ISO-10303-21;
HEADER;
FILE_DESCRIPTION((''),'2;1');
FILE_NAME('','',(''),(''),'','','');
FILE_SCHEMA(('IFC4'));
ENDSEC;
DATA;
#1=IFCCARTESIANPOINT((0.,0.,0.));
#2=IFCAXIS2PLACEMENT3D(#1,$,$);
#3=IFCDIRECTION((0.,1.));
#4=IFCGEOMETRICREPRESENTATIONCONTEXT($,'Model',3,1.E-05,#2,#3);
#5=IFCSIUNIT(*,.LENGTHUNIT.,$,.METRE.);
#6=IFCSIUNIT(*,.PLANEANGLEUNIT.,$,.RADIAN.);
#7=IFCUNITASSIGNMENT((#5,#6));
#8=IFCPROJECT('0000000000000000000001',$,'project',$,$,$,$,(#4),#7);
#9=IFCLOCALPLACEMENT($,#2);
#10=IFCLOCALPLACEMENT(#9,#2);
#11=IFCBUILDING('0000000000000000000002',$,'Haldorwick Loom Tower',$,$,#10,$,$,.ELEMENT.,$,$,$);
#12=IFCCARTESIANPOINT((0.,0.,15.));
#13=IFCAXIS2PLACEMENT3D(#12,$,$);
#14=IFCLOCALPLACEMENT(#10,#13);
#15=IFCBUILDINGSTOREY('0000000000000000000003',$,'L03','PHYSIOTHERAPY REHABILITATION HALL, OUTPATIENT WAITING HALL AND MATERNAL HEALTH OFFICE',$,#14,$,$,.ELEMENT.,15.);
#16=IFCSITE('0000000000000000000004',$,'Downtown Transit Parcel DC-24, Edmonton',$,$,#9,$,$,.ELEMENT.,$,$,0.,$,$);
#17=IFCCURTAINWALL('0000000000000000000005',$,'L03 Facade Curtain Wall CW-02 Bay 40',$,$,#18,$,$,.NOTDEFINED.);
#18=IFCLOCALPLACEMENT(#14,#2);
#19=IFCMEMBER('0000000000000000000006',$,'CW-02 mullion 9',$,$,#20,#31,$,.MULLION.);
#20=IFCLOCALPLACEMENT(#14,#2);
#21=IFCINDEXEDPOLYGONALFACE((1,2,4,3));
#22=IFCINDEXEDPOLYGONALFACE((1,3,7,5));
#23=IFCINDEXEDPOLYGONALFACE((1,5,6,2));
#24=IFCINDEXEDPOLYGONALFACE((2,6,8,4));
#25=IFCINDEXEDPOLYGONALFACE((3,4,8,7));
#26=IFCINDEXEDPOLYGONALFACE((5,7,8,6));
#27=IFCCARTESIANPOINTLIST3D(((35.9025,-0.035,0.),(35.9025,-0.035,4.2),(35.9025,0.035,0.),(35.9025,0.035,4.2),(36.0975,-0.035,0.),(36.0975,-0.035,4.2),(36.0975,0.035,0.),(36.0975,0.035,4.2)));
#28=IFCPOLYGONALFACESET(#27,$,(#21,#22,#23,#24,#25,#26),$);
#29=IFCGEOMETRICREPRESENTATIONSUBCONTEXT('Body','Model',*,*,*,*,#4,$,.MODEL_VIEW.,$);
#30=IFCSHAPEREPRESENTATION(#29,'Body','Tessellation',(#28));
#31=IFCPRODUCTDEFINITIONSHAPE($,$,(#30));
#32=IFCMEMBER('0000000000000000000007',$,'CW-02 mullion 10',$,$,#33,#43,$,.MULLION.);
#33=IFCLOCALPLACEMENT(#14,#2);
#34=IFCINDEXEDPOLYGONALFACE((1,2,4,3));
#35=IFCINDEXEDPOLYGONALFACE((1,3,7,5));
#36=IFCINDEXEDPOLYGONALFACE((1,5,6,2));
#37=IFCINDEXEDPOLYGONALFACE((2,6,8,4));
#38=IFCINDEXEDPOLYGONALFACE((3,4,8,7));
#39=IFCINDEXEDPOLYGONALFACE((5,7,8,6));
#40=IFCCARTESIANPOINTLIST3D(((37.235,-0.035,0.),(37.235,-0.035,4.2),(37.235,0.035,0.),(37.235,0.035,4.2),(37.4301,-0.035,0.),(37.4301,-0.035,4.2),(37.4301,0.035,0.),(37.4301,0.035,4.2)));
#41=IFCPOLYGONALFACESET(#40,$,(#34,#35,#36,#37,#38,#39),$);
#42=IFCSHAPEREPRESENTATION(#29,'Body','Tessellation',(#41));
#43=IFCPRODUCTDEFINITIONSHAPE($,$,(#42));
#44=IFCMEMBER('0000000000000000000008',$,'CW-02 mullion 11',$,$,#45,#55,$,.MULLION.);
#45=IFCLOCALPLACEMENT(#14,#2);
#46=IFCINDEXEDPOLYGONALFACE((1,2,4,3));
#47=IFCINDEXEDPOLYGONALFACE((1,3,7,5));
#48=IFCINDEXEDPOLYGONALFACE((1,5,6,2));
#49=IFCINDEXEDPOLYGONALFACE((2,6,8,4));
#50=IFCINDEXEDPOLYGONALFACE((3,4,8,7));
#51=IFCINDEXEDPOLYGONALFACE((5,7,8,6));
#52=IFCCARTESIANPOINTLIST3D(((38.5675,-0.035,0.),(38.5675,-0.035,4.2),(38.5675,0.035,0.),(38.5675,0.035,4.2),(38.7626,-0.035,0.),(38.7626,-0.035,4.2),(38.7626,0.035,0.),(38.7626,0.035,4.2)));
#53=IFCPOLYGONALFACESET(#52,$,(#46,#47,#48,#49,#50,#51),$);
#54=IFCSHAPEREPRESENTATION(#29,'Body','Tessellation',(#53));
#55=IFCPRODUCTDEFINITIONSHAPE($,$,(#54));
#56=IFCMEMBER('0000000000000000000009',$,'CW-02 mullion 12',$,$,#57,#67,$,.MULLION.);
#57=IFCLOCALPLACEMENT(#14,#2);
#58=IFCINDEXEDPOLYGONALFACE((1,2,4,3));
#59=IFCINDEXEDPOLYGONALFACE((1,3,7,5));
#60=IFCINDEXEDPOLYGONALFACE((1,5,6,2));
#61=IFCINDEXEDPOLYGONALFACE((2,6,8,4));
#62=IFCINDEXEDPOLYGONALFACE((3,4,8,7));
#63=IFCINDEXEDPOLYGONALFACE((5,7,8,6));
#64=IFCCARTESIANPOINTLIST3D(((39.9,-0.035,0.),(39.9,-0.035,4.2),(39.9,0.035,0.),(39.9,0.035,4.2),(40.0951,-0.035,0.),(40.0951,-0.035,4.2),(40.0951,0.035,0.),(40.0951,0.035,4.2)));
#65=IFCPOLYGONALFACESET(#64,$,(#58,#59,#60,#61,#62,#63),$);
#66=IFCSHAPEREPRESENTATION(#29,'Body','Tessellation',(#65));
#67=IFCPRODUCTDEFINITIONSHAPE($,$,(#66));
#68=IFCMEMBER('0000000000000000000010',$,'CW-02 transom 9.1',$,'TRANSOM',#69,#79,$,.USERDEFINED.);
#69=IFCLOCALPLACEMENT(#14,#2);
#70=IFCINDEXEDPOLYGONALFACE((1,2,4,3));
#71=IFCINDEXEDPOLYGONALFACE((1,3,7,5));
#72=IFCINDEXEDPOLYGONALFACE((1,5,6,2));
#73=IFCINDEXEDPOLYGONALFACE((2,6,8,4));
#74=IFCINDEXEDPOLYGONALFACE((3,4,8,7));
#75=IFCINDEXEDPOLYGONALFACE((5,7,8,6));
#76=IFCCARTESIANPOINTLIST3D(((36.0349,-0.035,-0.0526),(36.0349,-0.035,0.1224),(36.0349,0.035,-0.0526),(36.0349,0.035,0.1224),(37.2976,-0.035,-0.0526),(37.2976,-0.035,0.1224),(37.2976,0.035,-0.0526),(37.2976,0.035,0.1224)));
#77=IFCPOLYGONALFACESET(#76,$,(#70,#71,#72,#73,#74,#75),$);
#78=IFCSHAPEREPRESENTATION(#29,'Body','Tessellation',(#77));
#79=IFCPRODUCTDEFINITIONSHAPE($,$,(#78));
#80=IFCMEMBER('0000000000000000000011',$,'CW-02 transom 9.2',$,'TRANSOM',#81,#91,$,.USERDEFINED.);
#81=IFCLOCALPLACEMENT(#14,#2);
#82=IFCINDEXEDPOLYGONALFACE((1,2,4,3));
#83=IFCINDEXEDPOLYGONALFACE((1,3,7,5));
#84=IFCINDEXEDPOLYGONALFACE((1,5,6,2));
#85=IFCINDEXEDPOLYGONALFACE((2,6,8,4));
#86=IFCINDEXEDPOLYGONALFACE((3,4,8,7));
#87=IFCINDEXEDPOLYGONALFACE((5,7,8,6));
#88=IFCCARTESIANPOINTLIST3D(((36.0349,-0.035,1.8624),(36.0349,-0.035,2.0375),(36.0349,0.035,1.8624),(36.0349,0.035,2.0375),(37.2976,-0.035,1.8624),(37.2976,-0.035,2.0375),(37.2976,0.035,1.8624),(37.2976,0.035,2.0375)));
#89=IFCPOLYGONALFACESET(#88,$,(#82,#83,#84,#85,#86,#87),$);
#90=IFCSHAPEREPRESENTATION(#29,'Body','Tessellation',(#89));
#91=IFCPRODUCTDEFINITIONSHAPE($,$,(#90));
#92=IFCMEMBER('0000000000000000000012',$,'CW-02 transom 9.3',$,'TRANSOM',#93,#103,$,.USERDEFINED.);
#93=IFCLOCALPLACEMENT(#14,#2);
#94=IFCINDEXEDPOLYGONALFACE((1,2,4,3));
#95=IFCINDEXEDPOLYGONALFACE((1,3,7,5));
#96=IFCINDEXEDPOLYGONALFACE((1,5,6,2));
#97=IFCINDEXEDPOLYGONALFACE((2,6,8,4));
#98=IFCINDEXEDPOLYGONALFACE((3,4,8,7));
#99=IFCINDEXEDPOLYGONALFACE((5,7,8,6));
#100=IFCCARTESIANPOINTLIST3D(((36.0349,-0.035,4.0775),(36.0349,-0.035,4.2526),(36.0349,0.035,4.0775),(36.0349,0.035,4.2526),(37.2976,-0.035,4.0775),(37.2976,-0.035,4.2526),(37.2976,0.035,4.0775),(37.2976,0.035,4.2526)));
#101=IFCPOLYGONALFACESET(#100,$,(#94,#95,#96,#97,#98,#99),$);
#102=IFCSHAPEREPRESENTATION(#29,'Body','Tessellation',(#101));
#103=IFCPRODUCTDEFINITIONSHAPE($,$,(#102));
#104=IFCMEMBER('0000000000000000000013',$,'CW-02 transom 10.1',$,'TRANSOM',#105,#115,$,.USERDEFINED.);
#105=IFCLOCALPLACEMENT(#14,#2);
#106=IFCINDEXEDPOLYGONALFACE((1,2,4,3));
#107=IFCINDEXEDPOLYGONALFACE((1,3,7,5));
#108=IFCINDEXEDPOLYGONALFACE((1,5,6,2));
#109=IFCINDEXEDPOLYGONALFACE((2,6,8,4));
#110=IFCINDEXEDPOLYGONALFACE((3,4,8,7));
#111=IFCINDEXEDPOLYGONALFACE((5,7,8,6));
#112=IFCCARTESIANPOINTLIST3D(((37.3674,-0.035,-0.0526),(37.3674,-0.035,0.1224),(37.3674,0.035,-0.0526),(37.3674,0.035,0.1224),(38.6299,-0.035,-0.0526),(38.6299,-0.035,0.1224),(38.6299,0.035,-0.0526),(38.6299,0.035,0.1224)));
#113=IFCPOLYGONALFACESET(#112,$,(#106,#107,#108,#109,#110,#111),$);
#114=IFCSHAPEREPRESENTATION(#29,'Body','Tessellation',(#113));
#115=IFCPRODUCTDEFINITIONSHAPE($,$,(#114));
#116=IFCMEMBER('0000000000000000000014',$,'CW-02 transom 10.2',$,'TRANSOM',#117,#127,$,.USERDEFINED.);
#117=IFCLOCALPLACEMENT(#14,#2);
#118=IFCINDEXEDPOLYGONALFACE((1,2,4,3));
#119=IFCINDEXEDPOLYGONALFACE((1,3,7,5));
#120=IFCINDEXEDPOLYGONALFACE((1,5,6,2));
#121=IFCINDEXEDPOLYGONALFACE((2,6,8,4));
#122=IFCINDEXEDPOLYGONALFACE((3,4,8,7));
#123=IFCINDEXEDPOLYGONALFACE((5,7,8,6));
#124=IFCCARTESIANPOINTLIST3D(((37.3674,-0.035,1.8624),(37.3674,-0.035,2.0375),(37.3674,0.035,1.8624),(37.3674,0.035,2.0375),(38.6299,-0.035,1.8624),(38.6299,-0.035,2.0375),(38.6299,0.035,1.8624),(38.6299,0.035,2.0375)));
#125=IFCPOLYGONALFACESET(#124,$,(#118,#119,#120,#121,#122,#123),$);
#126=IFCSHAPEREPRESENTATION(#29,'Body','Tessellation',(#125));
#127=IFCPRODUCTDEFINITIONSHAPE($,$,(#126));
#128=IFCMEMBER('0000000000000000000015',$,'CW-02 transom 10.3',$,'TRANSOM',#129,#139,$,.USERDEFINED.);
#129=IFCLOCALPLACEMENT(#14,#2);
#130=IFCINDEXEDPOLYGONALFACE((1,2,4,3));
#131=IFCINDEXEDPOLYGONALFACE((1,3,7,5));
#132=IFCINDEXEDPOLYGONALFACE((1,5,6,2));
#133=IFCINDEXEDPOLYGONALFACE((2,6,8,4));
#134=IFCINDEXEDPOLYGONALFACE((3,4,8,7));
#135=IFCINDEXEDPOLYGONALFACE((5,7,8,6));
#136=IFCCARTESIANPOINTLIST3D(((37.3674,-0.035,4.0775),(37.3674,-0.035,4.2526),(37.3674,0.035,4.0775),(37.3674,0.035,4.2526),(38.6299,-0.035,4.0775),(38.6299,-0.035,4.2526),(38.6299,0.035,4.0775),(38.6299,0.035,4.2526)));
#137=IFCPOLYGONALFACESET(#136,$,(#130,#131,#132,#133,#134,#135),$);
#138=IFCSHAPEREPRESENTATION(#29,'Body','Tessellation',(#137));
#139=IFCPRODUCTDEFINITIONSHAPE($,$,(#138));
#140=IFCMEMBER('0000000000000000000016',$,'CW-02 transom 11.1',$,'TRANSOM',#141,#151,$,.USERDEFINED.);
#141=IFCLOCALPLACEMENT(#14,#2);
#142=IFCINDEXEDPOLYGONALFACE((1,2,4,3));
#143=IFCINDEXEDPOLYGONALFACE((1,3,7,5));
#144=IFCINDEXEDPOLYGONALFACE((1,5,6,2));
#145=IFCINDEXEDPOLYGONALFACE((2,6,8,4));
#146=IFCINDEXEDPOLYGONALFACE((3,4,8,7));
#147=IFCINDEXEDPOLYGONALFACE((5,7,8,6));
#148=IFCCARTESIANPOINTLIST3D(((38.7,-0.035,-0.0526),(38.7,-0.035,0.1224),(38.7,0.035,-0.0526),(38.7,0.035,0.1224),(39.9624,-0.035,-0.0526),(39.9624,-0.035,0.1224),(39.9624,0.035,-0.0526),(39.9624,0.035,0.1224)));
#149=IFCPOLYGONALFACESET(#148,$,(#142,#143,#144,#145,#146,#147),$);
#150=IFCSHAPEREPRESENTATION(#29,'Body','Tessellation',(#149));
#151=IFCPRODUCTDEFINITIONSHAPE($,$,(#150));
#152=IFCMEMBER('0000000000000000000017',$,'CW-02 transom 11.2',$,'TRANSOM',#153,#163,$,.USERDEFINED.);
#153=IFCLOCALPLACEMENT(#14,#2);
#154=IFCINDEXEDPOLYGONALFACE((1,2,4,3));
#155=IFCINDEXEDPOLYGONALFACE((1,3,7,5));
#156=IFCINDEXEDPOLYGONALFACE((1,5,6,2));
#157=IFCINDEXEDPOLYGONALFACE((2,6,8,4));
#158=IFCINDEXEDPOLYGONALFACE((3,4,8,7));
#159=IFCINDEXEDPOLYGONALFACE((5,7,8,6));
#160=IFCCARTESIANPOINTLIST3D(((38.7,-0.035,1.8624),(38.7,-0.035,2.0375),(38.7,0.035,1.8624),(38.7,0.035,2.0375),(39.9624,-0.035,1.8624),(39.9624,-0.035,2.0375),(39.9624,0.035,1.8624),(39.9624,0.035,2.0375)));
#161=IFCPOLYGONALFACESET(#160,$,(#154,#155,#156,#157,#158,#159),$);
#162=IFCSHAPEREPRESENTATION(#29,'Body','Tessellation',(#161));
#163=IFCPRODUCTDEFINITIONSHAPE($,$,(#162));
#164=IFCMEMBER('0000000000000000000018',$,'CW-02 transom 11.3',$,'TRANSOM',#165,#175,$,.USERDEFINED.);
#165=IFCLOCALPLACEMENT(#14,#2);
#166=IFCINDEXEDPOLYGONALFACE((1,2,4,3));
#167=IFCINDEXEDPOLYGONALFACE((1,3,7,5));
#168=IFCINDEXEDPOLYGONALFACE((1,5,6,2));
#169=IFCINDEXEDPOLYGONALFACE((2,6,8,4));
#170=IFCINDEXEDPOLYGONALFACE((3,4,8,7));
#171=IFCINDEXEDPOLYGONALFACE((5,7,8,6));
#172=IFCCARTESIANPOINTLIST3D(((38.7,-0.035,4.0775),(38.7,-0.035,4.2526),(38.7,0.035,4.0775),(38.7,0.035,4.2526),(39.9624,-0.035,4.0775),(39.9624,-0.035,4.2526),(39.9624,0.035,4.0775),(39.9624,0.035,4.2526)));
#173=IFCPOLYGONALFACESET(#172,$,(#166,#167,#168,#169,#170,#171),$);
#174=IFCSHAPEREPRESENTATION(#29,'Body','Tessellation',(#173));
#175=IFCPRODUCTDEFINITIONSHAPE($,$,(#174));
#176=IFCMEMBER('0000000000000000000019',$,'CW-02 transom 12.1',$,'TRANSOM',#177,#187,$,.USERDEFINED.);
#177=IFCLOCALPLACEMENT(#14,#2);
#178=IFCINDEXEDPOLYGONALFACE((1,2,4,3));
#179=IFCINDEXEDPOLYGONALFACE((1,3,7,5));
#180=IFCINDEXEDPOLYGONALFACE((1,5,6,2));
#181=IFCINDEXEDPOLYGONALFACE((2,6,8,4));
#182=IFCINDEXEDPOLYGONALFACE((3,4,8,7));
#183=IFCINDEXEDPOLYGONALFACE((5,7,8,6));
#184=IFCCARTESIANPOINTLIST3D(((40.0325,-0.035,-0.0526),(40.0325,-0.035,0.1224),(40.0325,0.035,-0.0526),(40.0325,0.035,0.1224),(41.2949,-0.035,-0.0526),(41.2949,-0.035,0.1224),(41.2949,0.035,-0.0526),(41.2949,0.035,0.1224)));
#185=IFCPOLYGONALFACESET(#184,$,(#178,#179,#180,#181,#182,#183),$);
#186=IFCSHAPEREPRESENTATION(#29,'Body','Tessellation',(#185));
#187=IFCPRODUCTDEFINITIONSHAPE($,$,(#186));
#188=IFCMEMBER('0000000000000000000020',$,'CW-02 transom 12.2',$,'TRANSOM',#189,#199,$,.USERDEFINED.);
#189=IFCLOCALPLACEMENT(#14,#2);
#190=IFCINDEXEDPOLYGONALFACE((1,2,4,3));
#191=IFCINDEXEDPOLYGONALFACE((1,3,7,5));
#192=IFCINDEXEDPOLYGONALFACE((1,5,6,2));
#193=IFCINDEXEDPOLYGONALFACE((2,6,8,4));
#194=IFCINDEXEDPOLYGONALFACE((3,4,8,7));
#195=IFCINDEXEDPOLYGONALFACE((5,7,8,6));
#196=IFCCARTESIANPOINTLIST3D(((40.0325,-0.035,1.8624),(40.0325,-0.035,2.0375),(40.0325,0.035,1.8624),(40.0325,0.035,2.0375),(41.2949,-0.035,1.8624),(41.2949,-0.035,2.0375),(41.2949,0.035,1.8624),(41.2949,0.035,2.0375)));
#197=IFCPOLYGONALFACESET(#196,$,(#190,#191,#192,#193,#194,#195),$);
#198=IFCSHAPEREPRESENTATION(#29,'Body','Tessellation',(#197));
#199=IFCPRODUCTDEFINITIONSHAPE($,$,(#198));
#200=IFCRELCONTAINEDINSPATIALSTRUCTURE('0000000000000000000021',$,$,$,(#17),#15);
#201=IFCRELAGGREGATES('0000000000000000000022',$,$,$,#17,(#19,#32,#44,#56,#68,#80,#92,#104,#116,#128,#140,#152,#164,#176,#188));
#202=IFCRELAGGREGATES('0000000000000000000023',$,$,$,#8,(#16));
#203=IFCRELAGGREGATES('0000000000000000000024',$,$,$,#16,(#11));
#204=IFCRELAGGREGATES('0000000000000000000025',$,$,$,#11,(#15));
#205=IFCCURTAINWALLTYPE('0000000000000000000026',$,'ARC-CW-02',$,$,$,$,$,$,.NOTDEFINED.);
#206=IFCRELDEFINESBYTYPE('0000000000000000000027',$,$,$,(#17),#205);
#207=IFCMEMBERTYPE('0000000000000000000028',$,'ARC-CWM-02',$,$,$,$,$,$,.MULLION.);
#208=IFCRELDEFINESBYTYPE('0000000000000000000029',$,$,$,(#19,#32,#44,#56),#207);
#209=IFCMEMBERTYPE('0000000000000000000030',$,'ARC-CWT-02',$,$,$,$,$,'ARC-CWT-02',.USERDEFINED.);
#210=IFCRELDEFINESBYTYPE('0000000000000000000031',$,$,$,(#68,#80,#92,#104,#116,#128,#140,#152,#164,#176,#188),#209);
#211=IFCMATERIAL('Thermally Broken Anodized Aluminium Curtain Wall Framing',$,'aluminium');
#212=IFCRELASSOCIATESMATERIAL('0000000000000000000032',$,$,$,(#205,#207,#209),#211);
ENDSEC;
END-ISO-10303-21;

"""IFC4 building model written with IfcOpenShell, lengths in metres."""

from ifc_helpers import new_model, si_unit, direction, frame, origin, origin_2d, place, context, subcontext, project, spatial, rectangle, extrude, material, material_profile, profile_set, type_object, element, aggregate, save


model = new_model("IFC4")

# Units and contexts
model_context = context("Model", 3, precision=1e-05, world=origin(), true_north=direction((0.0, 1.0)))
body_context = subcontext(model_context, "Body", "Model", "MODEL_VIEW")
ifc_project = project(units=[si_unit("LENGTHUNIT", "METRE"), si_unit("PLANEANGLEUNIT", "RADIAN")], contexts=[model_context])

# Site, building, storey
site_placement = place(None, origin())
site = spatial("IfcSite", under=ifc_project, at=site_placement, Name="Downtown Transit Parcel DC-24, Edmonton", CompositionType="ELEMENT", RefElevation=0.0)
building_placement = place(site_placement, origin())
building = spatial("IfcBuilding", under=site, at=building_placement, Name="Haldorwick Loom Tower", CompositionType="ELEMENT")
storey_placement = place(building_placement, frame((0.0, 0.0, 15.0)))
storey = spatial("IfcBuildingStorey", under=building, at=storey_placement, Name="L03", Description="PHYSIOTHERAPY REHABILITATION HALL, OUTPATIENT WAITING HALL AND MATERNAL HEALTH OFFICE", CompositionType="ELEMENT", Elevation=15.0)

# Curtain wall, members
ifc_material_1 = material(Name="Thermally Broken Anodized Aluminium Curtain Wall Framing", Category="aluminium")
curtain_wall_type = type_object("IfcCurtainWallType", Name="ARC-CW-02", PredefinedType="NOTDEFINED", material=ifc_material_1)
curtain_wall_placement = place(storey_placement, origin())
curtain_wall = element("IfcCurtainWall", 1, at=curtain_wall_placement, inside=storey, type_object=curtain_wall_type, Name="L03 Facade Curtain Wall CW-02 Bay 40", PredefinedType="NOTDEFINED")
ifc_material_profile_1 = material_profile(ifc_material_1, rectangle(XDim=0.0701, YDim=0.1951, at=origin_2d()), Name="ALU_MUL_70X195", Category="aluminium")
ifc_profile_set_1 = profile_set([ifc_material_profile_1], Name="Thermally Broken Anodized Aluminium Curtain Wall Framing")
member_type_1 = type_object("IfcMemberType", Name="ARC-CWM-02", PredefinedType="MULLION", material=ifc_profile_set_1)
member_1_placement = place(storey_placement, frame((36.0, 0.0, 0.0), z_axis=(0.0, 0.0, 1.0), x_axis=(0.0, 1.0, 0.0)))
member_1 = element("IfcMember", 2, at=member_1_placement, type_object=member_type_1, Name="CW-02 mullion 9", PredefinedType="MULLION", context=body_context, shape_type="SweptSolid", body=[
    extrude(rectangle(XDim=0.0701, YDim=0.1951, at=origin_2d()), origin(), (0.0, 0.0, 1.0), 4.2),
])
member_2_placement = place(storey_placement, frame((37.3325, 0.0, 0.0), z_axis=(0.0, 0.0, 1.0), x_axis=(0.0, 1.0, 0.0)))
member_2 = element("IfcMember", 3, at=member_2_placement, type_object=member_type_1, Name="CW-02 mullion 10", PredefinedType="MULLION", context=body_context, shape_type="SweptSolid", body=[
    extrude(rectangle(XDim=0.0701, YDim=0.1951, at=origin_2d()), origin(), (0.0, 0.0, 1.0), 4.2),
])
member_3_placement = place(storey_placement, frame((38.665, 0.0, 0.0), z_axis=(0.0, 0.0, 1.0), x_axis=(0.0, 1.0, 0.0)))
member_3 = element("IfcMember", 4, at=member_3_placement, type_object=member_type_1, Name="CW-02 mullion 11", PredefinedType="MULLION", context=body_context, shape_type="SweptSolid", body=[
    extrude(rectangle(XDim=0.0701, YDim=0.1951, at=origin_2d()), origin(), (0.0, 0.0, 1.0), 4.2),
])
member_4_placement = place(storey_placement, frame((39.9976, 0.0, 0.0), z_axis=(0.0, 0.0, 1.0), x_axis=(0.0, 1.0, 0.0)))
member_4 = element("IfcMember", 5, at=member_4_placement, type_object=member_type_1, Name="CW-02 mullion 12", PredefinedType="MULLION", context=body_context, shape_type="SweptSolid", body=[
    extrude(rectangle(XDim=0.0701, YDim=0.1951, at=origin_2d()), origin(), (0.0, 0.0, 1.0), 4.2),
])
ifc_material_profile_2 = material_profile(ifc_material_1, rectangle(XDim=0.0701, YDim=0.175, at=origin_2d()), Name="ALU_TRN_70X175", Category="aluminium")
ifc_profile_set_2 = profile_set([ifc_material_profile_2], Name="Thermally Broken Anodized Aluminium Curtain Wall Framing")
member_type_2 = type_object("IfcMemberType", Name="ARC-CWT-02", ElementType="ARC-CWT-02", PredefinedType="USERDEFINED", material=ifc_profile_set_2)
member_5_placement = place(storey_placement, frame((36.0349, 0.0, 0.0349), z_axis=(1.0, 0.0, 0.0), x_axis=(0.0, 1.0, 0.0)))
member_5 = element("IfcMember", 6, at=member_5_placement, type_object=member_type_2, Name="CW-02 transom 9.1", ObjectType="TRANSOM", PredefinedType="USERDEFINED", context=body_context, shape_type="SweptSolid", body=[
    extrude(rectangle(XDim=0.0701, YDim=0.175, at=origin_2d()), origin(), (0.0, 0.0, 1.0), 1.2627),
])
member_6_placement = place(storey_placement, frame((36.0349, 0.0, 1.95), z_axis=(1.0, 0.0, 0.0), x_axis=(0.0, 1.0, 0.0)))
member_6 = element("IfcMember", 7, at=member_6_placement, type_object=member_type_2, Name="CW-02 transom 9.2", ObjectType="TRANSOM", PredefinedType="USERDEFINED", context=body_context, shape_type="SweptSolid", body=[
    extrude(rectangle(XDim=0.0701, YDim=0.175, at=origin_2d()), origin(), (0.0, 0.0, 1.0), 1.2627),
])
member_7_placement = place(storey_placement, frame((36.0349, 0.0, 4.165), z_axis=(1.0, 0.0, 0.0), x_axis=(0.0, 1.0, 0.0)))
member_7 = element("IfcMember", 8, at=member_7_placement, type_object=member_type_2, Name="CW-02 transom 9.3", ObjectType="TRANSOM", PredefinedType="USERDEFINED", context=body_context, shape_type="SweptSolid", body=[
    extrude(rectangle(XDim=0.0701, YDim=0.175, at=origin_2d()), origin(), (0.0, 0.0, 1.0), 1.2627),
])
member_8_placement = place(storey_placement, frame((37.3674, 0.0, 0.0349), z_axis=(1.0, 0.0, 0.0), x_axis=(0.0, 1.0, 0.0)))
member_8 = element("IfcMember", 9, at=member_8_placement, type_object=member_type_2, Name="CW-02 transom 10.1", ObjectType="TRANSOM", PredefinedType="USERDEFINED", context=body_context, shape_type="SweptSolid", body=[
    extrude(rectangle(XDim=0.0701, YDim=0.175, at=origin_2d()), origin(), (0.0, 0.0, 1.0), 1.2625),
])
member_9_placement = place(storey_placement, frame((37.3674, 0.0, 1.95), z_axis=(1.0, 0.0, 0.0), x_axis=(0.0, 1.0, 0.0)))
member_9 = element("IfcMember", 10, at=member_9_placement, type_object=member_type_2, Name="CW-02 transom 10.2", ObjectType="TRANSOM", PredefinedType="USERDEFINED", context=body_context, shape_type="SweptSolid", body=[
    extrude(rectangle(XDim=0.0701, YDim=0.175, at=origin_2d()), origin(), (0.0, 0.0, 1.0), 1.2625),
])
member_10_placement = place(storey_placement, frame((37.3674, 0.0, 4.165), z_axis=(1.0, 0.0, 0.0), x_axis=(0.0, 1.0, 0.0)))
member_10 = element("IfcMember", 11, at=member_10_placement, type_object=member_type_2, Name="CW-02 transom 10.3", ObjectType="TRANSOM", PredefinedType="USERDEFINED", context=body_context, shape_type="SweptSolid", body=[
    extrude(rectangle(XDim=0.0701, YDim=0.175, at=origin_2d()), origin(), (0.0, 0.0, 1.0), 1.2625),
])
member_11_placement = place(storey_placement, frame((38.7, 0.0, 0.0349), z_axis=(1.0, 0.0, 0.0), x_axis=(0.0, 1.0, 0.0)))
member_11 = element("IfcMember", 12, at=member_11_placement, type_object=member_type_2, Name="CW-02 transom 11.1", ObjectType="TRANSOM", PredefinedType="USERDEFINED", context=body_context, shape_type="SweptSolid", body=[
    extrude(rectangle(XDim=0.0701, YDim=0.175, at=origin_2d()), origin(), (0.0, 0.0, 1.0), 1.2625),
])
member_12_placement = place(storey_placement, frame((38.7, 0.0, 1.95), z_axis=(1.0, 0.0, 0.0), x_axis=(0.0, 1.0, 0.0)))
member_12 = element("IfcMember", 13, at=member_12_placement, type_object=member_type_2, Name="CW-02 transom 11.2", ObjectType="TRANSOM", PredefinedType="USERDEFINED", context=body_context, shape_type="SweptSolid", body=[
    extrude(rectangle(XDim=0.0701, YDim=0.175, at=origin_2d()), origin(), (0.0, 0.0, 1.0), 1.2625),
])
member_13_placement = place(storey_placement, frame((38.7, 0.0, 4.165), z_axis=(1.0, 0.0, 0.0), x_axis=(0.0, 1.0, 0.0)))
member_13 = element("IfcMember", 14, at=member_13_placement, type_object=member_type_2, Name="CW-02 transom 11.3", ObjectType="TRANSOM", PredefinedType="USERDEFINED", context=body_context, shape_type="SweptSolid", body=[
    extrude(rectangle(XDim=0.0701, YDim=0.175, at=origin_2d()), origin(), (0.0, 0.0, 1.0), 1.2625),
])
member_14_placement = place(storey_placement, frame((40.0325, 0.0, 0.0349), z_axis=(1.0, 0.0, 0.0), x_axis=(0.0, 1.0, 0.0)))
member_14 = element("IfcMember", 15, at=member_14_placement, type_object=member_type_2, Name="CW-02 transom 12.1", ObjectType="TRANSOM", PredefinedType="USERDEFINED", context=body_context, shape_type="SweptSolid", body=[
    extrude(rectangle(XDim=0.0701, YDim=0.175, at=origin_2d()), origin(), (0.0, 0.0, 1.0), 1.2625),
])
member_15_placement = place(storey_placement, frame((40.0325, 0.0, 1.95), z_axis=(1.0, 0.0, 0.0), x_axis=(0.0, 1.0, 0.0)))
member_15 = element("IfcMember", 16, at=member_15_placement, type_object=member_type_2, Name="CW-02 transom 12.2", ObjectType="TRANSOM", PredefinedType="USERDEFINED", context=body_context, shape_type="SweptSolid", body=[
    extrude(rectangle(XDim=0.0701, YDim=0.175, at=origin_2d()), origin(), (0.0, 0.0, 1.0), 1.2625),
])
aggregate(curtain_wall, [member_1, member_2, member_3, member_4, member_5, member_6, member_7, member_8, member_9, member_10, member_11, member_12, member_13, member_14, member_15])

save(model, "model.ifc")
